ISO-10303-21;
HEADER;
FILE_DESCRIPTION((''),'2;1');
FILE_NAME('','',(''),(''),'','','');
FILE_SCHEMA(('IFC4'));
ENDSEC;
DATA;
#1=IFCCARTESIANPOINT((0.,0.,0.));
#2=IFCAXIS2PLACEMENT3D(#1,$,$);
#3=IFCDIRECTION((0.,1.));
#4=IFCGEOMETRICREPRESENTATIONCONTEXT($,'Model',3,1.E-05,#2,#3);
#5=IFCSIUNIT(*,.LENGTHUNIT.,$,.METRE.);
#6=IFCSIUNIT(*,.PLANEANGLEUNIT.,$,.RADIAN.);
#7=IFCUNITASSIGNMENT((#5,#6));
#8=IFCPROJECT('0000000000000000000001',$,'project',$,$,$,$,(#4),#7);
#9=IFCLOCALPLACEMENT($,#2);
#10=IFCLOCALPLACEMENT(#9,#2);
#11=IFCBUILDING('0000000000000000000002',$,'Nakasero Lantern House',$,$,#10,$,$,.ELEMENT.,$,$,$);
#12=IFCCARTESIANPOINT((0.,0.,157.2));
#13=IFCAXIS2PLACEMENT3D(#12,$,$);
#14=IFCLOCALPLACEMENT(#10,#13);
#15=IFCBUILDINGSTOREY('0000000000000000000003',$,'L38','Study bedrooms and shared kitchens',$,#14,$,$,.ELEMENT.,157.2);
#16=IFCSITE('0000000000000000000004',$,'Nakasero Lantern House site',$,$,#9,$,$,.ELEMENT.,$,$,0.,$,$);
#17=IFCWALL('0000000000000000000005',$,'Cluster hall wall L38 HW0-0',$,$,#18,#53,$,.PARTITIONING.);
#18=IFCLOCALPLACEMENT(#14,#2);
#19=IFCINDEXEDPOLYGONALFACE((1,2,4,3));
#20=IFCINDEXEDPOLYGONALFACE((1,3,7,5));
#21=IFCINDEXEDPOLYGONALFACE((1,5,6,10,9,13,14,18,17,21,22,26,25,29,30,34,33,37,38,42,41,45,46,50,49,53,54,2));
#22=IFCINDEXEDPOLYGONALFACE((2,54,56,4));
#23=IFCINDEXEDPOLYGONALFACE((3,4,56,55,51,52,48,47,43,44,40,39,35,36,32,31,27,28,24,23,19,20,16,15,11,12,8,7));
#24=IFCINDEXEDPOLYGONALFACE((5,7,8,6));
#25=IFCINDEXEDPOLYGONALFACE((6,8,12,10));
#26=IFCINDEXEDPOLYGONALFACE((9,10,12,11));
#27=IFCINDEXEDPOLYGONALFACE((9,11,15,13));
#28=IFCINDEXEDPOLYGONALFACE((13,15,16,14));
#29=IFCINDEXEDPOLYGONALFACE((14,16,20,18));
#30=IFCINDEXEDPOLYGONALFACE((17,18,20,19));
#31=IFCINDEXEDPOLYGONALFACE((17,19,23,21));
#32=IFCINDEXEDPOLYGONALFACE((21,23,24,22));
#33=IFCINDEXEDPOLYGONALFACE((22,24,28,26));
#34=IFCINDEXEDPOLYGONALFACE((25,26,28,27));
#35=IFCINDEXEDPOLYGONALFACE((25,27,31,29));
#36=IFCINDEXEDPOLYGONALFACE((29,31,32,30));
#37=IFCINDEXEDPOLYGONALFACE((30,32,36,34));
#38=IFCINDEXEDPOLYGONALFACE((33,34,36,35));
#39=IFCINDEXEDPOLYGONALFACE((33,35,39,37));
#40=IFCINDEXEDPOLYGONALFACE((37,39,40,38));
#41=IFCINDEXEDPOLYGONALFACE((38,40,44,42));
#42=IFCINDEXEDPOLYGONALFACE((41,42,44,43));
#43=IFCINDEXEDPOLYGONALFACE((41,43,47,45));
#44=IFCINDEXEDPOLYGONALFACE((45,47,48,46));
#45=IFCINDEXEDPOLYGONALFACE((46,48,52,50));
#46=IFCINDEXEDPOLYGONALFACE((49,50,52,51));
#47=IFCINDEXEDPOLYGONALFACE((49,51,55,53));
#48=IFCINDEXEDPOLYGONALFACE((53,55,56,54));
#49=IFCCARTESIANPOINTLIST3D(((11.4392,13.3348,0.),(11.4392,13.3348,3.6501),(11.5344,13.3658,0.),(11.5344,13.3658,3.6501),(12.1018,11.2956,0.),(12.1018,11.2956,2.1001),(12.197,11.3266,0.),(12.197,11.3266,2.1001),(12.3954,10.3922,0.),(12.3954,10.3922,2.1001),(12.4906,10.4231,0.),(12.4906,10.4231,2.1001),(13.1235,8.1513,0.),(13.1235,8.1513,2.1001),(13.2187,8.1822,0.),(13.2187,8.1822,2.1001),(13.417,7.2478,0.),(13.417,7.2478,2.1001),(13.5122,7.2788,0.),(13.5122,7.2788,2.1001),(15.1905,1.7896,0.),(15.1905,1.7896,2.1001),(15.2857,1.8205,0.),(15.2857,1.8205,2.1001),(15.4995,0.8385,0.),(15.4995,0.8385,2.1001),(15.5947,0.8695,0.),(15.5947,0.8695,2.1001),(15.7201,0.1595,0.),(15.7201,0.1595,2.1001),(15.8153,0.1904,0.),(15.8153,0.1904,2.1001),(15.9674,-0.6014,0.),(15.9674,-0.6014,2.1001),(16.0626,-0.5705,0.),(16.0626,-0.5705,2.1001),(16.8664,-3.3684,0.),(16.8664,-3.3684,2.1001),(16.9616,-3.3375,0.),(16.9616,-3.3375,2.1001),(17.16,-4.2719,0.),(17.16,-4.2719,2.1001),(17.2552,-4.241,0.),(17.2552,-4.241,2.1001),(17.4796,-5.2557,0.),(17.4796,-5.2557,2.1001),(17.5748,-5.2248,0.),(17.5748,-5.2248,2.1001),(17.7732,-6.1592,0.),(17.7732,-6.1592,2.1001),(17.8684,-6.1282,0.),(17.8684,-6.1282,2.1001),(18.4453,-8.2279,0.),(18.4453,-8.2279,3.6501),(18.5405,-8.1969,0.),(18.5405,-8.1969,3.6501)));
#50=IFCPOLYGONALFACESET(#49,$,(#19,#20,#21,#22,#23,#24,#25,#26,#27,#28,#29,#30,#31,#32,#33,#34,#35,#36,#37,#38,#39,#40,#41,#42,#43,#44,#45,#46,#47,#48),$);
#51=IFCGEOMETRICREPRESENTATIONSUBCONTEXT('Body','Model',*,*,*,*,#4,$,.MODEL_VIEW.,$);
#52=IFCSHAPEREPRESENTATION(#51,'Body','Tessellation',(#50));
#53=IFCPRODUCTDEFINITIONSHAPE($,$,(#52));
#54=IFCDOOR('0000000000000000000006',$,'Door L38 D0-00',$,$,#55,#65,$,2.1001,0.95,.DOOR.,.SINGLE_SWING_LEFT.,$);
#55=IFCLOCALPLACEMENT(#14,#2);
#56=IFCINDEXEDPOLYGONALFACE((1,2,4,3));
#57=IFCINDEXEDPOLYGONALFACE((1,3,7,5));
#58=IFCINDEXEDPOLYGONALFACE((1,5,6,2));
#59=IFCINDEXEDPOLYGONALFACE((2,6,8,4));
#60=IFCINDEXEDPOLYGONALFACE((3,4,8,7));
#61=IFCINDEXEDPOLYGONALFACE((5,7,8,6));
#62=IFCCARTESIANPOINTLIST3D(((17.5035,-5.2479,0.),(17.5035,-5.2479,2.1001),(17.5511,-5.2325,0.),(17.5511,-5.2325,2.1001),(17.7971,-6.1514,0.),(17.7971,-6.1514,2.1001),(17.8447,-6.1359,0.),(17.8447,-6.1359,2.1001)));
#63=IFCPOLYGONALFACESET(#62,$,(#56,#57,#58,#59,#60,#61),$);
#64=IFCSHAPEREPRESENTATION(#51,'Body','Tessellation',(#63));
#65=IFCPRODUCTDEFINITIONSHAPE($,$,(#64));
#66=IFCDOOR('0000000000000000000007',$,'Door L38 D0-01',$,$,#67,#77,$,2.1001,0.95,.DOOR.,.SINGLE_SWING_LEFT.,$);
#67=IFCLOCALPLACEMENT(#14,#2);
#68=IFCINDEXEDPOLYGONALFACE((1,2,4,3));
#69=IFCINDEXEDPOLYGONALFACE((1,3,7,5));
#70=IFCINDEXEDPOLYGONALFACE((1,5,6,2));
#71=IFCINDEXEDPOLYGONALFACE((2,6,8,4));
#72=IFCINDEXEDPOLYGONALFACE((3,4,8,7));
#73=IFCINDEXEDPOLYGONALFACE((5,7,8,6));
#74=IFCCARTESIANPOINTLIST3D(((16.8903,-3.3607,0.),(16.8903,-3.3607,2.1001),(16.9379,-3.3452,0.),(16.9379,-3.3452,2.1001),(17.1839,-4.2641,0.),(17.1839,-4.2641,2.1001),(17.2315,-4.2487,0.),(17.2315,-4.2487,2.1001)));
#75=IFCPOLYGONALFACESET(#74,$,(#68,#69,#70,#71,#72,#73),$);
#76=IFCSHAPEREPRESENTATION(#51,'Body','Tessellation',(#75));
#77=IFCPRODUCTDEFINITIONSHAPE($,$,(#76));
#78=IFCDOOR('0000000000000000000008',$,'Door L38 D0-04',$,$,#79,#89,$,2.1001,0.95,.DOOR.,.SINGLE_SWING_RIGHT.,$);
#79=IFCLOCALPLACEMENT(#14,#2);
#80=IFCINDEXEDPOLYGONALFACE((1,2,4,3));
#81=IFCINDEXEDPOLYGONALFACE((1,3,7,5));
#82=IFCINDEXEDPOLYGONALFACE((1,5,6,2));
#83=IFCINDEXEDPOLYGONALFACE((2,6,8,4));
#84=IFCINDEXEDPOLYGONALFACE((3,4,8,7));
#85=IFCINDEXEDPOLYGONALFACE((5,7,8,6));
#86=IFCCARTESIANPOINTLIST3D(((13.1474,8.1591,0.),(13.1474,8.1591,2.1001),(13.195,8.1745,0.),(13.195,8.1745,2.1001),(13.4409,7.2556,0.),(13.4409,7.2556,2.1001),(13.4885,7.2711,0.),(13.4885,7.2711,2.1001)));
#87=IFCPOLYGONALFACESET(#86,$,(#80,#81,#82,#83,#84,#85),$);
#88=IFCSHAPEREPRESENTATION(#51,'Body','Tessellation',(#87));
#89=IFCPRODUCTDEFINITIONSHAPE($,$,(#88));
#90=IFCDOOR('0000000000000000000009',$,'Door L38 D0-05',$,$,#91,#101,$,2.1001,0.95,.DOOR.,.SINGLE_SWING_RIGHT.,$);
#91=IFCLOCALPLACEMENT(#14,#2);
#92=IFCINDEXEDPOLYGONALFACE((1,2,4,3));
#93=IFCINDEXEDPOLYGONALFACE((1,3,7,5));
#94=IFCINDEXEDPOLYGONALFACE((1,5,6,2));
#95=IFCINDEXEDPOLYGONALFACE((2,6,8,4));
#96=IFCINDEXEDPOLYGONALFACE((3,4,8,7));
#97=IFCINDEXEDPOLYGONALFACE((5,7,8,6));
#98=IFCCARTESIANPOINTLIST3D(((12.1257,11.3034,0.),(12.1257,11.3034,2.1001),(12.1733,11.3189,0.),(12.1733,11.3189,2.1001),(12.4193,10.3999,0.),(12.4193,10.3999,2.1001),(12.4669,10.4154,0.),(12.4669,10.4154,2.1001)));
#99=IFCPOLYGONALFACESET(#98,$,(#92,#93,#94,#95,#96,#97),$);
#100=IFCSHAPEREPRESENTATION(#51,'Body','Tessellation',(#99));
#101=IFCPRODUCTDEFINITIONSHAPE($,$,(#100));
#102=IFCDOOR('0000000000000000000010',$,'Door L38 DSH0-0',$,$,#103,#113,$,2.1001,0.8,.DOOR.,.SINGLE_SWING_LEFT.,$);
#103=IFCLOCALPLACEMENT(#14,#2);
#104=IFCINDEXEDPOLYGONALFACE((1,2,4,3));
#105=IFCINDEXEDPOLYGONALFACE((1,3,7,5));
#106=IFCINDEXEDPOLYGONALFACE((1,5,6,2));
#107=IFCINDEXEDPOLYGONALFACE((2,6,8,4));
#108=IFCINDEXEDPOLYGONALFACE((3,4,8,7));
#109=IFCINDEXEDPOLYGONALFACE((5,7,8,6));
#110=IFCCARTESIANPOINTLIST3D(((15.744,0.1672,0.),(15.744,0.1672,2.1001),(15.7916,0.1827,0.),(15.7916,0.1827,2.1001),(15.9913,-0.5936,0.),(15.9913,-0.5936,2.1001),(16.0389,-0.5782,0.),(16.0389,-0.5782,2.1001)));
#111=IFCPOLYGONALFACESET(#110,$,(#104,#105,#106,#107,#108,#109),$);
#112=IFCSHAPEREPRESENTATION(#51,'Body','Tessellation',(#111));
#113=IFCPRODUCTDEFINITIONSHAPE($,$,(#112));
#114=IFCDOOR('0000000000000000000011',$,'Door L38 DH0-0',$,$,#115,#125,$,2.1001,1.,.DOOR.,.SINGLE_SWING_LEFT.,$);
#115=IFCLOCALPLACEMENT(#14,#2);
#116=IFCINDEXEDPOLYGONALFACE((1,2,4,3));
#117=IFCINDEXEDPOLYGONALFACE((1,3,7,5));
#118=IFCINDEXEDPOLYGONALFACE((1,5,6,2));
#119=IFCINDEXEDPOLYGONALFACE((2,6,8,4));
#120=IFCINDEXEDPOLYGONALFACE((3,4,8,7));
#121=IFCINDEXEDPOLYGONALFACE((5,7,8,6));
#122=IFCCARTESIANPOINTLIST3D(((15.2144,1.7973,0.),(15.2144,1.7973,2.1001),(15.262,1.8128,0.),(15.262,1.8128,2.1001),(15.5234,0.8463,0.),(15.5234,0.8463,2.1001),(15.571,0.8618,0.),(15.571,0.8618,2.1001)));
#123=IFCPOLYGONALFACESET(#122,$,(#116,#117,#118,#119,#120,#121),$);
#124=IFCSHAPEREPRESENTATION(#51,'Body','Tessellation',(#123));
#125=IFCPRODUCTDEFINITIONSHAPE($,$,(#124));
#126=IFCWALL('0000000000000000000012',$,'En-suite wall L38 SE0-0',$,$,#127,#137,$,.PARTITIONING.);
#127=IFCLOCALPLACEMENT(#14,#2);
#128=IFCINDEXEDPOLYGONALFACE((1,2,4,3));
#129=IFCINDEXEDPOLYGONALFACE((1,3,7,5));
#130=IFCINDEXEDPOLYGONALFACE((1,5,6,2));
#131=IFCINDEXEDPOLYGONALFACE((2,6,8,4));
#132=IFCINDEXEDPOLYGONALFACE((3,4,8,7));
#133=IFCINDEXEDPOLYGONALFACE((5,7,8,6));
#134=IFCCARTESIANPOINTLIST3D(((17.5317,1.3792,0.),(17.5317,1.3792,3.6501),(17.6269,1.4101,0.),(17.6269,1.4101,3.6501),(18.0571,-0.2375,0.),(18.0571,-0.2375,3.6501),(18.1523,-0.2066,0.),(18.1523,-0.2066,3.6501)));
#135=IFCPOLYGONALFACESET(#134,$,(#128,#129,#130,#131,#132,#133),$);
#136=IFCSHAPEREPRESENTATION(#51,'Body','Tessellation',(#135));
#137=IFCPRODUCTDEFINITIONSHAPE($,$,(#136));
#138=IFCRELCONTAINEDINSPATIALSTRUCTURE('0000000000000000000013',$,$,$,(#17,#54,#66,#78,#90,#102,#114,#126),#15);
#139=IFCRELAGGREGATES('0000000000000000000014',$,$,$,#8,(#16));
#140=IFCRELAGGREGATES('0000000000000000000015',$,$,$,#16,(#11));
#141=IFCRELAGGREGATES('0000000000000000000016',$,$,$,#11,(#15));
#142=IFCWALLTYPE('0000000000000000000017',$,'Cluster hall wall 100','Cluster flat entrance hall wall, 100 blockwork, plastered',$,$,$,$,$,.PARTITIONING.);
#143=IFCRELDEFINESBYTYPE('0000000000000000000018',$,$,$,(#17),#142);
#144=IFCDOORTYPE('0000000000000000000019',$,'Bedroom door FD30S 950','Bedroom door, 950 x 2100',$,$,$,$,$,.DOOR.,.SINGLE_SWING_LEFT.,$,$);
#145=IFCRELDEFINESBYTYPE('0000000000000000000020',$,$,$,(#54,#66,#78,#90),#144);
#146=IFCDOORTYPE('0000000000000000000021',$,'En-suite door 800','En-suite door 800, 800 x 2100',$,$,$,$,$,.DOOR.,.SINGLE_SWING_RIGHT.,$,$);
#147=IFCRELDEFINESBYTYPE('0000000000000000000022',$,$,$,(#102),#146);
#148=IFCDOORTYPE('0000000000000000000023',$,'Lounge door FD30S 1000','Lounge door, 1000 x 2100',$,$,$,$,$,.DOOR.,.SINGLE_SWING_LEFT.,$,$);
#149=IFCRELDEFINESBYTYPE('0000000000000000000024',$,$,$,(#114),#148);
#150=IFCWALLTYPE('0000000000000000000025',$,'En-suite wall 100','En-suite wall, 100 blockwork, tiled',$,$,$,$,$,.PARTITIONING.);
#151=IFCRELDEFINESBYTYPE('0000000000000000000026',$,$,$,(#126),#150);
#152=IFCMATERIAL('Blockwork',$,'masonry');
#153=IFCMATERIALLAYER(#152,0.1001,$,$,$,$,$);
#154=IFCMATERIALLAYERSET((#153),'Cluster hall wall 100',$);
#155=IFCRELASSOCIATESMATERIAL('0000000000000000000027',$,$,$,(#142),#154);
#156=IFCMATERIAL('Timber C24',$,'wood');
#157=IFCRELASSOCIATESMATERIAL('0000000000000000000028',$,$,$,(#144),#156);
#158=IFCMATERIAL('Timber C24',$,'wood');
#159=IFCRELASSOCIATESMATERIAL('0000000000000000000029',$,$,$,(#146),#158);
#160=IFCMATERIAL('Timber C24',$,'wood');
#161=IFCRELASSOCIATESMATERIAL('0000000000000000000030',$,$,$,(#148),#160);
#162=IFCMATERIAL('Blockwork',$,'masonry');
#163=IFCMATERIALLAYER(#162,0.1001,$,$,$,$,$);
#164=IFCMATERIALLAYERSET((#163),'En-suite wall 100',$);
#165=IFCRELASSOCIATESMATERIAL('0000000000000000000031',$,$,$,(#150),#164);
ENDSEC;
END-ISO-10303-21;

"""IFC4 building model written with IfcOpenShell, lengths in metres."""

from ifc_helpers import new_model, si_unit, direction, frame, frame_2d, origin, place, context, subcontext, project, spatial, rectangle, extrude, material, layer, layer_set, type_object, element, fill, save


model = new_model("IFC4")

# Units and contexts
model_context = context("Model", 3, precision=1e-05, world=origin(), true_north=direction((0.0, 1.0)))
body_context = subcontext(model_context, "Body", "Model", "MODEL_VIEW")
ifc_project = project(units=[si_unit("LENGTHUNIT", "METRE"), si_unit("PLANEANGLEUNIT", "RADIAN")], contexts=[model_context])

# Site, building, storey
site_placement = place(None, origin())
site = spatial("IfcSite", under=ifc_project, at=site_placement, Name="Nakasero Lantern House site", CompositionType="ELEMENT", RefElevation=0.0)
building_placement = place(site_placement, origin())
building = spatial("IfcBuilding", under=site, at=building_placement, Name="Nakasero Lantern House", CompositionType="ELEMENT")
storey_placement = place(building_placement, frame((0.0, 0.0, 157.2)))
storey = spatial("IfcBuildingStorey", under=building, at=storey_placement, Name="L38", Description="Study bedrooms and shared kitchens", CompositionType="ELEMENT", Elevation=157.2)

# Wall, openings, doors
ifc_material_1 = material(Name="Blockwork", Category="masonry")
ifc_layer_1 = layer(ifc_material_1, 0.1001)
ifc_layer_set_1 = layer_set([ifc_layer_1], Name="Cluster hall wall 100")
wall_type_1 = type_object("IfcWallType", Name="Cluster hall wall 100", Description="Cluster flat entrance hall wall, 100 blockwork, plastered", PredefinedType="PARTITIONING", material=ifc_layer_set_1)
wall_1_placement = place(storey_placement, frame((18.4929, -8.2124, 0.0), z_axis=(0.0, 0.0, 1.0), x_axis=(-0.309015, 0.951057, 0.0)))
wall_1 = element("IfcWall", 1, at=wall_1_placement, inside=storey, type_object=wall_type_1, Name="Cluster hall wall L38 HW0-0", PredefinedType="PARTITIONING", context=body_context, shape_type="SweptSolid", body=[
    extrude(rectangle(XDim=22.6724, YDim=0.1001, at=frame_2d((11.3362, 0.0))), origin(), (0.0, 0.0, 1.0), 3.6501),
])
opening_1_placement = place(wall_1_placement, frame((9.533, 0.0, 0.0)))
opening_1 = element("IfcOpeningElement", 2, at=opening_1_placement, cuts=wall_1, PredefinedType="OPENING", context=body_context, shape_type="SweptSolid", body=[
    extrude(rectangle(XDim=1.0, YDim=2.1001, at=frame_2d((0.5, 1.05))), frame((0.0, 0.0701, 0.0), z_axis=(0.0, -1.0, 0.0), x_axis=(1.0, 0.0, 0.0)), (0.0, 0.0, 1.0), 0.1401),
])
opening_2_placement = place(wall_1_placement, frame((8.019, 0.0, 0.0)))
opening_2 = element("IfcOpeningElement", 3, at=opening_2_placement, cuts=wall_1, PredefinedType="OPENING", context=body_context, shape_type="SweptSolid", body=[
    extrude(rectangle(XDim=0.8, YDim=2.1001, at=frame_2d((0.3999, 1.05))), frame((0.0, 0.0701, 0.0), z_axis=(0.0, -1.0, 0.0), x_axis=(1.0, 0.0, 0.0)), (0.0, 0.0, 1.0), 0.1401),
])
opening_3_placement = place(wall_1_placement, frame((2.175, 0.0, 0.0)))
opening_3 = element("IfcOpeningElement", 4, at=opening_3_placement, cuts=wall_1, PredefinedType="OPENING", context=body_context, shape_type="SweptSolid", body=[
    extrude(rectangle(XDim=0.95, YDim=2.1001, at=frame_2d((0.4751, 1.05))), frame((0.0, 0.0701, 0.0), z_axis=(0.0, -1.0, 0.0), x_axis=(1.0, 0.0, 0.0)), (0.0, 0.0, 1.0), 0.1401),
])
opening_4_placement = place(wall_1_placement, frame((4.1594, 0.0, 0.0)))
opening_4 = element("IfcOpeningElement", 5, at=opening_4_placement, cuts=wall_1, PredefinedType="OPENING", context=body_context, shape_type="SweptSolid", body=[
    extrude(rectangle(XDim=0.95, YDim=2.1001, at=frame_2d((0.4751, 1.05))), frame((0.0, 0.0701, 0.0), z_axis=(0.0, -1.0, 0.0), x_axis=(1.0, 0.0, 0.0)), (0.0, 0.0, 1.0), 0.1401),
])
opening_5_placement = place(wall_1_placement, frame((16.272, 0.0, 0.0)))
opening_5 = element("IfcOpeningElement", 6, at=opening_5_placement, cuts=wall_1, PredefinedType="OPENING", context=body_context, shape_type="SweptSolid", body=[
    extrude(rectangle(XDim=0.95, YDim=2.1001, at=frame_2d((0.4751, 1.05))), frame((0.0, 0.0701, 0.0), z_axis=(0.0, -1.0, 0.0), x_axis=(1.0, 0.0, 0.0)), (0.0, 0.0, 1.0), 0.1401),
])
opening_6_placement = place(wall_1_placement, frame((19.5781, 0.0, 0.0)))
opening_6 = element("IfcOpeningElement", 7, at=opening_6_placement, cuts=wall_1, PredefinedType="OPENING", context=body_context, shape_type="SweptSolid", body=[
    extrude(rectangle(XDim=0.95, YDim=2.1001, at=frame_2d((0.4751, 1.05))), frame((0.0, 0.0701, 0.0), z_axis=(0.0, -1.0, 0.0), x_axis=(1.0, 0.0, 0.0)), (0.0, 0.0, 1.0), 0.1401),
])
ifc_material_2 = material(Name="Timber C24", Category="wood")
door_type_1 = type_object("IfcDoorType", Name="Bedroom door FD30S 950", Description="Bedroom door, 950 x 2100", OperationType="SINGLE_SWING_LEFT", PredefinedType="DOOR", material=ifc_material_2)
door_1_placement = place(opening_3_placement, origin())
door_1 = element("IfcDoor", 8, at=door_1_placement, inside=storey, type_object=door_type_1, Name="Door L38 D0-00", OperationType="SINGLE_SWING_LEFT", OverallHeight=2.1001, OverallWidth=0.95, PredefinedType="DOOR", context=body_context, shape_type="SweptSolid", body=[
    extrude(rectangle(XDim=0.95, YDim=2.1001, at=frame_2d((0.4751, 1.05))), frame((0.0, 0.0249, 0.0), z_axis=(0.0, -1.0, 0.0), x_axis=(1.0, 0.0, 0.0)), (0.0, 0.0, 1.0), 0.05),
])
fill(opening_3, door_1)
door_2_placement = place(opening_4_placement, origin())
door_2 = element("IfcDoor", 9, at=door_2_placement, inside=storey, type_object=door_type_1, Name="Door L38 D0-01", OperationType="SINGLE_SWING_LEFT", OverallHeight=2.1001, OverallWidth=0.95, PredefinedType="DOOR", context=body_context, shape_type="SweptSolid", body=[
    extrude(rectangle(XDim=0.95, YDim=2.1001, at=frame_2d((0.4751, 1.05))), frame((0.0, 0.0249, 0.0), z_axis=(0.0, -1.0, 0.0), x_axis=(1.0, 0.0, 0.0)), (0.0, 0.0, 1.0), 0.05),
])
fill(opening_4, door_2)
door_3_placement = place(opening_5_placement, origin())
door_3 = element("IfcDoor", 10, at=door_3_placement, inside=storey, type_object=door_type_1, Name="Door L38 D0-04", OperationType="SINGLE_SWING_RIGHT", OverallHeight=2.1001, OverallWidth=0.95, PredefinedType="DOOR", context=body_context, shape_type="SweptSolid", body=[
    extrude(rectangle(XDim=0.95, YDim=2.1001, at=frame_2d((0.4751, 1.05))), frame((0.0, 0.0249, 0.0), z_axis=(0.0, -1.0, 0.0), x_axis=(1.0, 0.0, 0.0)), (0.0, 0.0, 1.0), 0.05),
])
fill(opening_5, door_3)
door_4_placement = place(opening_6_placement, origin())
door_4 = element("IfcDoor", 11, at=door_4_placement, inside=storey, type_object=door_type_1, Name="Door L38 D0-05", OperationType="SINGLE_SWING_RIGHT", OverallHeight=2.1001, OverallWidth=0.95, PredefinedType="DOOR", context=body_context, shape_type="SweptSolid", body=[
    extrude(rectangle(XDim=0.95, YDim=2.1001, at=frame_2d((0.4751, 1.05))), frame((0.0, 0.0249, 0.0), z_axis=(0.0, -1.0, 0.0), x_axis=(1.0, 0.0, 0.0)), (0.0, 0.0, 1.0), 0.05),
])
fill(opening_6, door_4)
ifc_material_3 = material(Name="Timber C24", Category="wood")
door_type_2 = type_object("IfcDoorType", Name="En-suite door 800", Description="En-suite door 800, 800 x 2100", OperationType="SINGLE_SWING_RIGHT", PredefinedType="DOOR", material=ifc_material_3)
door_5_placement = place(opening_2_placement, origin())
door_5 = element("IfcDoor", 12, at=door_5_placement, inside=storey, type_object=door_type_2, Name="Door L38 DSH0-0", OperationType="SINGLE_SWING_LEFT", OverallHeight=2.1001, OverallWidth=0.8, PredefinedType="DOOR", context=body_context, shape_type="SweptSolid", body=[
    extrude(rectangle(XDim=0.8, YDim=2.1001, at=frame_2d((0.3999, 1.05))), frame((0.0, 0.0249, 0.0), z_axis=(0.0, -1.0, 0.0), x_axis=(1.0, 0.0, 0.0)), (0.0, 0.0, 1.0), 0.05),
])
fill(opening_2, door_5)
ifc_material_4 = material(Name="Timber C24", Category="wood")
door_type_3 = type_object("IfcDoorType", Name="Lounge door FD30S 1000", Description="Lounge door, 1000 x 2100", OperationType="SINGLE_SWING_LEFT", PredefinedType="DOOR", material=ifc_material_4)
door_6_placement = place(opening_1_placement, origin())
door_6 = element("IfcDoor", 13, at=door_6_placement, inside=storey, type_object=door_type_3, Name="Door L38 DH0-0", OperationType="SINGLE_SWING_LEFT", OverallHeight=2.1001, OverallWidth=1.0, PredefinedType="DOOR", context=body_context, shape_type="SweptSolid", body=[
    extrude(rectangle(XDim=1.0, YDim=2.1001, at=frame_2d((0.5, 1.05))), frame((0.0, 0.0249, 0.0), z_axis=(0.0, -1.0, 0.0), x_axis=(1.0, 0.0, 0.0)), (0.0, 0.0, 1.0), 0.05),
])
fill(opening_1, door_6)

# Wall
ifc_material_5 = material(Name="Blockwork", Category="masonry")
ifc_layer_2 = layer(ifc_material_5, 0.1001)
ifc_layer_set_2 = layer_set([ifc_layer_2], Name="En-suite wall 100")
wall_type_2 = type_object("IfcWallType", Name="En-suite wall 100", Description="En-suite wall, 100 blockwork, tiled", PredefinedType="PARTITIONING", material=ifc_layer_set_2)
wall_2_placement = place(storey_placement, frame((18.1047, -0.2222, 0.0), z_axis=(0.0, 0.0, 1.0), x_axis=(-0.309067, 0.95104, 0.0)))
element("IfcWall", 14, at=wall_2_placement, inside=storey, type_object=wall_type_2, Name="En-suite wall L38 SE0-0", PredefinedType="PARTITIONING", context=body_context, shape_type="SweptSolid", body=[
    extrude(rectangle(XDim=1.7, YDim=0.1001, at=frame_2d((0.8501, 0.0))), origin(), (0.0, 0.0, 1.0), 3.6501),
])

save(model, "model.ifc")
